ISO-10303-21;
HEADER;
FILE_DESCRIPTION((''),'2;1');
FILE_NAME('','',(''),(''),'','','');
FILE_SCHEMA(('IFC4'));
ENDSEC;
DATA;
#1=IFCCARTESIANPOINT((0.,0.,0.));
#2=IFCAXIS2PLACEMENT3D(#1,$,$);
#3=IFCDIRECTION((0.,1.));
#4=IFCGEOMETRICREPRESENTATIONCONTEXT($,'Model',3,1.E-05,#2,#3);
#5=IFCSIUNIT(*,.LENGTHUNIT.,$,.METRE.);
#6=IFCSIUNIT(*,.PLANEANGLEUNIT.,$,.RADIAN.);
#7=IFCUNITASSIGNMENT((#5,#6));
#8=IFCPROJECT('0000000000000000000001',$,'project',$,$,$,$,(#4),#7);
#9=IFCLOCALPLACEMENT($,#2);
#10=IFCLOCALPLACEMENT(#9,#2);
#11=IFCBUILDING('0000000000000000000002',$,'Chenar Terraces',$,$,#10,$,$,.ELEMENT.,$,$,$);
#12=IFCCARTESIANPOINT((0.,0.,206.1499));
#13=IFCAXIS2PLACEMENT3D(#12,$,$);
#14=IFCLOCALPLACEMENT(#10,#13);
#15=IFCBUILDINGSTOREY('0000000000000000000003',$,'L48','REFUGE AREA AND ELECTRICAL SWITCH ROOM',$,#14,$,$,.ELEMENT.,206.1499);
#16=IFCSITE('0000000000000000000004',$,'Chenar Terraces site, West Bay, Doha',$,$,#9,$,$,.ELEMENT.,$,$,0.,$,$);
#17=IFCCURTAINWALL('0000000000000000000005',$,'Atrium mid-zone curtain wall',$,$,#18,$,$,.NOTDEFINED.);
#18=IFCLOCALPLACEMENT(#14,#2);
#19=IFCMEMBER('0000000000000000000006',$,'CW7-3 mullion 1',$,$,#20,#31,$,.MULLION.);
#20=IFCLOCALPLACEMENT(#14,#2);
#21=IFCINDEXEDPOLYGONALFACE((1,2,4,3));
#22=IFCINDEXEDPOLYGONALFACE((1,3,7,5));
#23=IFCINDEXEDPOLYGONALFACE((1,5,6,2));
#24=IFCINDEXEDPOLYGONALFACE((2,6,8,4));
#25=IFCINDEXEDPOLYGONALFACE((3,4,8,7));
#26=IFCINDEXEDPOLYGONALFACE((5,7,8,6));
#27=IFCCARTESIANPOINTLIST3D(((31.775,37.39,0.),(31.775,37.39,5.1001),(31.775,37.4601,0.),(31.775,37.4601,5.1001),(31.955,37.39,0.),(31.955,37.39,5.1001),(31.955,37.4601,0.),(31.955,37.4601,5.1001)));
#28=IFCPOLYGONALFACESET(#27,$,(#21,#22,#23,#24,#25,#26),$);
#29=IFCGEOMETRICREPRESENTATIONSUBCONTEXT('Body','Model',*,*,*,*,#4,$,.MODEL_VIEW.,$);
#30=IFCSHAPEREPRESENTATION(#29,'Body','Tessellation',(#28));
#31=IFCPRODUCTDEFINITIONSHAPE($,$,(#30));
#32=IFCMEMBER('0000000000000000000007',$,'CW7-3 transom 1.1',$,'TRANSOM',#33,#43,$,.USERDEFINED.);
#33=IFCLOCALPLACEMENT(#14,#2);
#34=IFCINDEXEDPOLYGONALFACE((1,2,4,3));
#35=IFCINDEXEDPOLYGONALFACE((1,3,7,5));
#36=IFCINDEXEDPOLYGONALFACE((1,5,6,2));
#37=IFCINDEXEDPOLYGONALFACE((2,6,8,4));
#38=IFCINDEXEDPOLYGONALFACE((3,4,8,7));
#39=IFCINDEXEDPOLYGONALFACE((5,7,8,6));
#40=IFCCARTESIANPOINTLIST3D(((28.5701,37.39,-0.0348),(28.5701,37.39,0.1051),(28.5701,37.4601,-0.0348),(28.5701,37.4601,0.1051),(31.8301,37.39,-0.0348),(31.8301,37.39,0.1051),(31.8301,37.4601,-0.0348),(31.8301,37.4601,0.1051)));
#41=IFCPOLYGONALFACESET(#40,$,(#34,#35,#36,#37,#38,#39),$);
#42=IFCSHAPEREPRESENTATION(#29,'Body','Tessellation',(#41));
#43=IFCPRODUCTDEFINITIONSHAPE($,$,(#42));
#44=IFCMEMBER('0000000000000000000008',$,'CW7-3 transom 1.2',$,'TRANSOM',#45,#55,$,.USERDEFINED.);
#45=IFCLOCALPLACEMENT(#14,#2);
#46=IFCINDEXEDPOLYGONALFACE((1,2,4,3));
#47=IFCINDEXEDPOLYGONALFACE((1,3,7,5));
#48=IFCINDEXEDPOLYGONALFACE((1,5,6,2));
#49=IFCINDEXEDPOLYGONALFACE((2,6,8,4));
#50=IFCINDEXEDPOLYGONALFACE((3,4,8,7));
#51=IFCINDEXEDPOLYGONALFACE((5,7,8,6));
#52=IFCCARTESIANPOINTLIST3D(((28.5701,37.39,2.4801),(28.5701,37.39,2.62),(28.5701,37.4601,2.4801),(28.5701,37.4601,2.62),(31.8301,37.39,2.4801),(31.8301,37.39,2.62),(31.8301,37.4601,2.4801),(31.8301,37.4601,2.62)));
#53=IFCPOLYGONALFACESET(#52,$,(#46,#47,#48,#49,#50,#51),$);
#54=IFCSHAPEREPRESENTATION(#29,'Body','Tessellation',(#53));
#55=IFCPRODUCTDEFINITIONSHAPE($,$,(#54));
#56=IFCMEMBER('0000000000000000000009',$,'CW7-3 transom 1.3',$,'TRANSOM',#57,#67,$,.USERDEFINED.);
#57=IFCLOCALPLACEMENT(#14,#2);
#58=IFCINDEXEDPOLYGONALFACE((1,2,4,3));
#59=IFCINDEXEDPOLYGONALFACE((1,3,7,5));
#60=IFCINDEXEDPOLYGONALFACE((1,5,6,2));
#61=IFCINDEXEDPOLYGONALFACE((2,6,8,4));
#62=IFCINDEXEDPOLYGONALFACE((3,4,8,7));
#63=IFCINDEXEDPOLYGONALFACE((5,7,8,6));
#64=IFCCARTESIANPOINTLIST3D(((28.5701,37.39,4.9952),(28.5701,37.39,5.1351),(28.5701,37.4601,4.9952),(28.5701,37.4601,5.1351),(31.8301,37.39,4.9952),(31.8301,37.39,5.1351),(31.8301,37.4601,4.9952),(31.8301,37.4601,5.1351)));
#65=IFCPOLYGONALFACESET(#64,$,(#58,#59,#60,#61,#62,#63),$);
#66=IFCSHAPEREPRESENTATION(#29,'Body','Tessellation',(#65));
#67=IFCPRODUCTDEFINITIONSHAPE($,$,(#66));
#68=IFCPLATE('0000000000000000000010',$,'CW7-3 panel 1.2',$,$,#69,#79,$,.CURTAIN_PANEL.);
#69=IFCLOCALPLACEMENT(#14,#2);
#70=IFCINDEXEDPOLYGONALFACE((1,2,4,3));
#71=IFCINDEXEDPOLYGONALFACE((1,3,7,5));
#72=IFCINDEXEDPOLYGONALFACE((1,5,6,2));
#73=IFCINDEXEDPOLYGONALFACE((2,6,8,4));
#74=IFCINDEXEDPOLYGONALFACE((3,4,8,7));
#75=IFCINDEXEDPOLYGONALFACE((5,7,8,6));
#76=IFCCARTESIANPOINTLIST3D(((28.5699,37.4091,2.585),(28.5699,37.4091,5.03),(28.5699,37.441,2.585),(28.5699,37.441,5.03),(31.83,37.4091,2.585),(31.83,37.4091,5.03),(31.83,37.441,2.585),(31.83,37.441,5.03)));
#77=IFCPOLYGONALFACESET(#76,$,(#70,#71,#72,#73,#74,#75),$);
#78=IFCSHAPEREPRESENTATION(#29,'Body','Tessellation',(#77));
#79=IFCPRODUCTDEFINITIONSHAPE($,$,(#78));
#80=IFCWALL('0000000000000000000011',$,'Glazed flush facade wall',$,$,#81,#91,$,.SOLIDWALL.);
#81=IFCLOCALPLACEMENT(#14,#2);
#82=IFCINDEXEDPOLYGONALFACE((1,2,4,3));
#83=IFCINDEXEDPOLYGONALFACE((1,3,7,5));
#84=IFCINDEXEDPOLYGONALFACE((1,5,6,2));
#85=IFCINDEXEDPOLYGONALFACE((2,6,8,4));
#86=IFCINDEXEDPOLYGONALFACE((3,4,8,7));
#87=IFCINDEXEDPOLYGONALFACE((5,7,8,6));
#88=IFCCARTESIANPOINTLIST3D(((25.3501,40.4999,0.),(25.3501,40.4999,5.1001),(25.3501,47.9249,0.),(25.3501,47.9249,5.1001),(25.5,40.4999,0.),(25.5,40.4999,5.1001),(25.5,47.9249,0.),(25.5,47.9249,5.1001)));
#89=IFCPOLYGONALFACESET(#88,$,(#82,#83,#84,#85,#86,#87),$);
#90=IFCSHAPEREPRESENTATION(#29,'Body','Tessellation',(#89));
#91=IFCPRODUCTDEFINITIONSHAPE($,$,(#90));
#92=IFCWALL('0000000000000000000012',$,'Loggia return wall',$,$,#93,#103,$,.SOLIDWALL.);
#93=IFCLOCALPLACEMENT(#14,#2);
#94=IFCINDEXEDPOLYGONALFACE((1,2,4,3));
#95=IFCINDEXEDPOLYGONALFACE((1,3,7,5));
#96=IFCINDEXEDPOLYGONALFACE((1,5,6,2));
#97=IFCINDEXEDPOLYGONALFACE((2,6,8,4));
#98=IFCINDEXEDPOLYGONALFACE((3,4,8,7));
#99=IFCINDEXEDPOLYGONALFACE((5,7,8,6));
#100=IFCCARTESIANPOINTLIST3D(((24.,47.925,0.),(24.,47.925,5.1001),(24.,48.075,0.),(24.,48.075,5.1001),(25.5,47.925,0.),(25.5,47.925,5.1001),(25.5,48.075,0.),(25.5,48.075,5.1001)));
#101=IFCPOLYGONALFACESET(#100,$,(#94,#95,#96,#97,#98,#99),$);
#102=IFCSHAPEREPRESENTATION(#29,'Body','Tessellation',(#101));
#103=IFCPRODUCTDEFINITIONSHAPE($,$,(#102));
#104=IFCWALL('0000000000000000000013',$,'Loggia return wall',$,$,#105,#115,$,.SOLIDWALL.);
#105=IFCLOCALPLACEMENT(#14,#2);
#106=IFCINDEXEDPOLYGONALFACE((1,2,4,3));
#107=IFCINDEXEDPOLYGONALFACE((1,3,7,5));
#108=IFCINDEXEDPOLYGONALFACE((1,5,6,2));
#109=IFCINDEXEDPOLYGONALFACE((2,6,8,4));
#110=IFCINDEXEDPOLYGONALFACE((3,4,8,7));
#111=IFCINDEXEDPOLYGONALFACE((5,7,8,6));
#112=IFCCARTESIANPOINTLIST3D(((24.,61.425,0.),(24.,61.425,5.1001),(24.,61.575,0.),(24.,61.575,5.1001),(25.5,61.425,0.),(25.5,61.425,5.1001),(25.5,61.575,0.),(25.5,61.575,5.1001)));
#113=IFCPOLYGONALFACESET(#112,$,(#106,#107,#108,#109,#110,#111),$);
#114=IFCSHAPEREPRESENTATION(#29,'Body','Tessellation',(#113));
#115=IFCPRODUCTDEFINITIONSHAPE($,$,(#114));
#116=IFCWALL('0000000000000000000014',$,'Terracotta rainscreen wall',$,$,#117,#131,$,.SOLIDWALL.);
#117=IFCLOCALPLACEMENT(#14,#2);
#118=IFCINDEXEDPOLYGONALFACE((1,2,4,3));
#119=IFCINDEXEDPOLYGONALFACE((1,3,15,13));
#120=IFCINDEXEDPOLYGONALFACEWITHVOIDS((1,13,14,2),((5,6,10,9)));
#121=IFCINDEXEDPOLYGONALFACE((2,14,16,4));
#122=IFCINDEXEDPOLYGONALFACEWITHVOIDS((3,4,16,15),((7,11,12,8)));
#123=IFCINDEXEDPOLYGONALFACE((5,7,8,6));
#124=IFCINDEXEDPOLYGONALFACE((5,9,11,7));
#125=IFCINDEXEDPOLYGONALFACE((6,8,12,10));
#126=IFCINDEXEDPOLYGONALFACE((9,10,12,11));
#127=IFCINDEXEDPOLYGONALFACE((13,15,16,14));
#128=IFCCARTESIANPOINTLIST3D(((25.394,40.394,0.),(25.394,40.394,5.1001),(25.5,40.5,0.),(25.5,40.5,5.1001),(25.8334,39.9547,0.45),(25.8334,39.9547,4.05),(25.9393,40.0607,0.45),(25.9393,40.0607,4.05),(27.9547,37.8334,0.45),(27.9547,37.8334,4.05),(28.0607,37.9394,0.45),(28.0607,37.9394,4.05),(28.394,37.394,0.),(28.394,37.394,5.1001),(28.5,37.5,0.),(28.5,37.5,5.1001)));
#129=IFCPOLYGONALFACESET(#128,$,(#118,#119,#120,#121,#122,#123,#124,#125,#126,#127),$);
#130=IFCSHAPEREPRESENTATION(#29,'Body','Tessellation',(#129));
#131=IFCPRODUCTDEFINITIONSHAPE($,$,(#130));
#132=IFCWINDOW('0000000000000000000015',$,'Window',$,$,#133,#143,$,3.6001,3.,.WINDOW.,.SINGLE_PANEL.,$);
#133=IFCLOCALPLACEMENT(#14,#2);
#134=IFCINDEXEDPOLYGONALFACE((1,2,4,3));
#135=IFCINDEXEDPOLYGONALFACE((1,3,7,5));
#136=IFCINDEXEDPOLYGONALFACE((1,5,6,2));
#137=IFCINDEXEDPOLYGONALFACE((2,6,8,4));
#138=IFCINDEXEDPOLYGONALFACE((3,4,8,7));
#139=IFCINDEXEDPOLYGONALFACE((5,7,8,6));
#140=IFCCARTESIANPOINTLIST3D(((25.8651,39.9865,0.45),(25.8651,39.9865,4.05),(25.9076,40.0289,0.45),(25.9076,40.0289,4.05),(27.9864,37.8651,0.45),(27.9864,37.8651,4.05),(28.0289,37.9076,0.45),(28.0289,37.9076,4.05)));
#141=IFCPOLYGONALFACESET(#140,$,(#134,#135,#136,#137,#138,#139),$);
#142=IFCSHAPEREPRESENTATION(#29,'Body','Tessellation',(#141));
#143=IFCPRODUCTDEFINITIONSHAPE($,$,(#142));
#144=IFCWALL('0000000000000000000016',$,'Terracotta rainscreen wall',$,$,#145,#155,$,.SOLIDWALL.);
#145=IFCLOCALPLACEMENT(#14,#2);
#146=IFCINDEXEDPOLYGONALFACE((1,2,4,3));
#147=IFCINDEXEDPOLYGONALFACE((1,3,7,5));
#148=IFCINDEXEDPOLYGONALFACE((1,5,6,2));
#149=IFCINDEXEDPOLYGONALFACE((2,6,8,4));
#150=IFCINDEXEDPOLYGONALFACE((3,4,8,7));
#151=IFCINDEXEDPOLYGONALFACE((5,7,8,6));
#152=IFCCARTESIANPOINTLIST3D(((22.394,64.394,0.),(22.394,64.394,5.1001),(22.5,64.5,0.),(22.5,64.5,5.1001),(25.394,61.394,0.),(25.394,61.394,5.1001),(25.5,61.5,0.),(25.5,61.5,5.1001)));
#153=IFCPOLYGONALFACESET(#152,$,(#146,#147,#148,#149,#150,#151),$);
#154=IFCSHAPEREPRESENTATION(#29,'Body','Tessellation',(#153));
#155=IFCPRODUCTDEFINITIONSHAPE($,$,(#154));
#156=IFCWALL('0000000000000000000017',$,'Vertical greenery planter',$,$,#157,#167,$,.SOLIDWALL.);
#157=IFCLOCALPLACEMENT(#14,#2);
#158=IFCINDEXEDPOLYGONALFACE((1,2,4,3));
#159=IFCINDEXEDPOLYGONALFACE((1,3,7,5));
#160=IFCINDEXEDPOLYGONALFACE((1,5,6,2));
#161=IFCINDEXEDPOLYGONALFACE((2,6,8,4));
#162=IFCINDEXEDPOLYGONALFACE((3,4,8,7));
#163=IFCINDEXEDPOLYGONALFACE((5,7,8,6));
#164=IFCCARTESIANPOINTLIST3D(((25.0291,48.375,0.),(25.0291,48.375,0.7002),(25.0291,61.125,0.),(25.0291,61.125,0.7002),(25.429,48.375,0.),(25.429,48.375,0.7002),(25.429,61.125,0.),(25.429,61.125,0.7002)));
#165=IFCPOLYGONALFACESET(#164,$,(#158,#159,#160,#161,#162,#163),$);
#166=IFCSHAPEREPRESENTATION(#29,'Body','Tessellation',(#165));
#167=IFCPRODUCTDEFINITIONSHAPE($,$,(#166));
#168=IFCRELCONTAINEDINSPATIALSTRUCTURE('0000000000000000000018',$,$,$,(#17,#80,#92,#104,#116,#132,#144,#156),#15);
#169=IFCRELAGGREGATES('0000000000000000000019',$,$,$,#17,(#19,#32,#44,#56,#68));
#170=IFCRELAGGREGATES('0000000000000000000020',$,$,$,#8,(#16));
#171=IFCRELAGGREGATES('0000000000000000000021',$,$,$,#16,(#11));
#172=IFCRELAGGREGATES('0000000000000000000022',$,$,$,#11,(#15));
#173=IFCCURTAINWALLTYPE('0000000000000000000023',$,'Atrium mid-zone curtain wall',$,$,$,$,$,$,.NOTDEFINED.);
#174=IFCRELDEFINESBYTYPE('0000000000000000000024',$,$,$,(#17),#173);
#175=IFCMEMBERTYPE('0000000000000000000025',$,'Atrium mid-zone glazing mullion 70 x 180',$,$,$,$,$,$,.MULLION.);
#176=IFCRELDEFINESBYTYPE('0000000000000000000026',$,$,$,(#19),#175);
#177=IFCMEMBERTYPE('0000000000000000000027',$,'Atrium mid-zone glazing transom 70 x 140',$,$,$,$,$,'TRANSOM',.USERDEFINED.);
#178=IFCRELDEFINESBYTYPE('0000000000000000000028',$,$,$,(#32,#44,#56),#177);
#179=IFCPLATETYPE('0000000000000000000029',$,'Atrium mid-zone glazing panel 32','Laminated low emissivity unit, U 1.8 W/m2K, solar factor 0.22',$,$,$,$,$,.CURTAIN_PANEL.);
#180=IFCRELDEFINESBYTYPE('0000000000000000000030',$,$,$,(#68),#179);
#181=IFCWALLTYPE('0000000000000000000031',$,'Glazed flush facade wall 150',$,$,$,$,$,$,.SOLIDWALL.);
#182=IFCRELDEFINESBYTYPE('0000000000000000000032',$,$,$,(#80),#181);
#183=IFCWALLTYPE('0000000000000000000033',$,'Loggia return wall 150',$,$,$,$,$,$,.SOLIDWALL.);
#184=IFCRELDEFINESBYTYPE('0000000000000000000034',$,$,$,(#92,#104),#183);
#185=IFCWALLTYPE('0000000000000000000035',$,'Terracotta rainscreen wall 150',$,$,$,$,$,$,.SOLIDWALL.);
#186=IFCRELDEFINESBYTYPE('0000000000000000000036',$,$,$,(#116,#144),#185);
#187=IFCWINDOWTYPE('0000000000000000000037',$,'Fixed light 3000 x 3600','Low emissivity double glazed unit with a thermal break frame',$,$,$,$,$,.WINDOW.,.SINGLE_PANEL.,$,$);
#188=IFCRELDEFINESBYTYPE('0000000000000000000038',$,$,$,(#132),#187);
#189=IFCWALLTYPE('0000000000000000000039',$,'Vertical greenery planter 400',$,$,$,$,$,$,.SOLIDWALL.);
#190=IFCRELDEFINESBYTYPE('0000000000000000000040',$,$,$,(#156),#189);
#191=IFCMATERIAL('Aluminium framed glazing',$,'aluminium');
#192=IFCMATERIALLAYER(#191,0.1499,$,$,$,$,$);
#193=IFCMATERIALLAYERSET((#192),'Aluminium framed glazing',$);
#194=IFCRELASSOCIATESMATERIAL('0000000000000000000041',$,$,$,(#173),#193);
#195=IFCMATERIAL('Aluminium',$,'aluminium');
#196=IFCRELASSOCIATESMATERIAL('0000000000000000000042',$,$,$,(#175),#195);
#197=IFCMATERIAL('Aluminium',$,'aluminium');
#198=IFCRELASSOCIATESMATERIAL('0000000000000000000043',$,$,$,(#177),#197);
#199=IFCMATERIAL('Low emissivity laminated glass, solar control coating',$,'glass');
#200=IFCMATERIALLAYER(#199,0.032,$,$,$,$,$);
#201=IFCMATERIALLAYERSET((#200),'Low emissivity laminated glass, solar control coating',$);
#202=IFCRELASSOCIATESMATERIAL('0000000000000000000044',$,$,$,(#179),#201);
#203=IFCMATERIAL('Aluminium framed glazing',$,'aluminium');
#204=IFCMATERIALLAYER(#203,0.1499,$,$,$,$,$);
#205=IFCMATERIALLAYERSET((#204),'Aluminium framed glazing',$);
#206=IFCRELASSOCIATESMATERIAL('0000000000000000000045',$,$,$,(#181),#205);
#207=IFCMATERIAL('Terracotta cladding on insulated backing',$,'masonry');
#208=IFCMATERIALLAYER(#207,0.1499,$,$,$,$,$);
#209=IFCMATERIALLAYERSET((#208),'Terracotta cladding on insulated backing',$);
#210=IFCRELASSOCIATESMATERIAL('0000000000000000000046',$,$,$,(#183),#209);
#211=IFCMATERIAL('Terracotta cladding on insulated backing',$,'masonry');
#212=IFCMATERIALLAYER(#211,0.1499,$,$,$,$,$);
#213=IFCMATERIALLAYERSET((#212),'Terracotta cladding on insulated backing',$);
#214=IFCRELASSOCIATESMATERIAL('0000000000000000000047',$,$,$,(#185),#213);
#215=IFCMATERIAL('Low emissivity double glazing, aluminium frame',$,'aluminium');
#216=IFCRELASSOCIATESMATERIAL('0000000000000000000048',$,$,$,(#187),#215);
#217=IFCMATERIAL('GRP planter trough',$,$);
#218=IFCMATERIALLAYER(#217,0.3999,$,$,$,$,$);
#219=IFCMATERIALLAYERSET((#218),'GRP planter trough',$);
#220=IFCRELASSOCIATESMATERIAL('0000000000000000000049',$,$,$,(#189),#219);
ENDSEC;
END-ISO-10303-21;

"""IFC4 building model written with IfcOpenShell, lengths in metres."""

from ifc_helpers import new_model, si_unit, direction, frame, frame_2d, origin, origin_2d, place, context, subcontext, project, spatial, rectangle, extrude, material, layer, layer_set, material_profile, profile_set, type_object, element, fill, aggregate, save


model = new_model("IFC4")

# Units and contexts
model_context = context("Model", 3, precision=1e-05, world=origin(), true_north=direction((0.0, 1.0)))
body_context = subcontext(model_context, "Body", "Model", "MODEL_VIEW")
ifc_project = project(units=[si_unit("LENGTHUNIT", "METRE"), si_unit("PLANEANGLEUNIT", "RADIAN")], contexts=[model_context])

# Site, building, storey
site_placement = place(None, origin())
site = spatial("IfcSite", under=ifc_project, at=site_placement, Name="Chenar Terraces site, West Bay, Doha", CompositionType="ELEMENT", RefElevation=0.0)
building_placement = place(site_placement, origin())
building = spatial("IfcBuilding", under=site, at=building_placement, Name="Chenar Terraces", CompositionType="ELEMENT")
storey_placement = place(building_placement, frame((0.0, 0.0, 206.1499)))
storey = spatial("IfcBuildingStorey", under=building, at=storey_placement, Name="L48", Description="REFUGE AREA AND ELECTRICAL SWITCH ROOM", CompositionType="ELEMENT", Elevation=206.1499)

# Curtain wall, members, plate
ifc_material_1 = material(Name="Aluminium framed glazing", Category="aluminium")
ifc_layer_1 = layer(ifc_material_1, 0.1499)
ifc_layer_set_1 = layer_set([ifc_layer_1], Name="Aluminium framed glazing")
curtain_wall_type = type_object("IfcCurtainWallType", Name="Atrium mid-zone curtain wall", PredefinedType="NOTDEFINED", material=ifc_layer_set_1)
curtain_wall_placement = place(storey_placement, origin())
curtain_wall = element("IfcCurtainWall", 1, at=curtain_wall_placement, inside=storey, type_object=curtain_wall_type, Name="Atrium mid-zone curtain wall", PredefinedType="NOTDEFINED")
ifc_material_2 = material(Name="Aluminium", Category="aluminium")
ifc_material_profile_1 = material_profile(ifc_material_2, rectangle(XDim=0.0701, YDim=0.1799, at=origin_2d()), Name="Atrium mid-zone glazing mullion 70 x 180")
ifc_profile_set_1 = profile_set([ifc_material_profile_1], Name="Aluminium")
member_type_1 = type_object("IfcMemberType", Name="Atrium mid-zone glazing mullion 70 x 180", PredefinedType="MULLION", material=ifc_profile_set_1)
member_1_placement = place(storey_placement, frame((31.865, 37.425, 0.0), z_axis=(0.0, 0.0, 1.0), x_axis=(0.0, -1.0, 0.0)))
member_1 = element("IfcMember", 2, at=member_1_placement, type_object=member_type_1, Name="CW7-3 mullion 1", PredefinedType="MULLION", context=body_context, shape_type="SweptSolid", body=[
    extrude(rectangle(XDim=0.0701, YDim=0.1799, at=origin_2d()), origin(), (0.0, 0.0, 1.0), 5.1001),
])
ifc_material_3 = material(Name="Aluminium", Category="aluminium")
ifc_material_profile_2 = material_profile(ifc_material_3, rectangle(XDim=0.0701, YDim=0.1399, at=origin_2d()), Name="Atrium mid-zone glazing transom 70 x 140")
ifc_profile_set_2 = profile_set([ifc_material_profile_2], Name="Aluminium")
member_type_2 = type_object("IfcMemberType", Name="Atrium mid-zone glazing transom 70 x 140", ElementType="TRANSOM", PredefinedType="USERDEFINED", material=ifc_profile_set_2)
member_2_placement = place(storey_placement, frame((31.8301, 37.425, 0.0352), z_axis=(-1.0, 0.0, 0.0), x_axis=(0.0, -1.0, 0.0)))
member_2 = element("IfcMember", 3, at=member_2_placement, type_object=member_type_2, Name="CW7-3 transom 1.1", ObjectType="TRANSOM", PredefinedType="USERDEFINED", context=body_context, shape_type="SweptSolid", body=[
    extrude(rectangle(XDim=0.0701, YDim=0.1399, at=origin_2d()), origin(), (0.0, 0.0, 1.0), 3.26),
])
member_3_placement = place(storey_placement, frame((31.8301, 37.425, 2.55), z_axis=(-1.0, 0.0, 0.0), x_axis=(0.0, -1.0, 0.0)))
member_3 = element("IfcMember", 4, at=member_3_placement, type_object=member_type_2, Name="CW7-3 transom 1.2", ObjectType="TRANSOM", PredefinedType="USERDEFINED", context=body_context, shape_type="SweptSolid", body=[
    extrude(rectangle(XDim=0.0701, YDim=0.1399, at=origin_2d()), origin(), (0.0, 0.0, 1.0), 3.26),
])
member_4_placement = place(storey_placement, frame((31.8301, 37.425, 5.0652), z_axis=(-1.0, 0.0, 0.0), x_axis=(0.0, -1.0, 0.0)))
member_4 = element("IfcMember", 5, at=member_4_placement, type_object=member_type_2, Name="CW7-3 transom 1.3", ObjectType="TRANSOM", PredefinedType="USERDEFINED", context=body_context, shape_type="SweptSolid", body=[
    extrude(rectangle(XDim=0.0701, YDim=0.1399, at=origin_2d()), origin(), (0.0, 0.0, 1.0), 3.26),
])
ifc_material_4 = material(Name="Low emissivity laminated glass, solar control coating", Category="glass")
ifc_layer_2 = layer(ifc_material_4, 0.032)
ifc_layer_set_2 = layer_set([ifc_layer_2], Name="Low emissivity laminated glass, solar control coating")
plate_type = type_object("IfcPlateType", Name="Atrium mid-zone glazing panel 32", Description="Laminated low emissivity unit, U 1.8 W/m2K, solar factor 0.22", PredefinedType="CURTAIN_PANEL", material=ifc_layer_set_2)
plate_placement = place(storey_placement, frame((30.2, 37.425, 2.585), z_axis=(0.0, 0.0, 1.0), x_axis=(-1.0, 0.0, 0.0)))
plate = element("IfcPlate", 6, at=plate_placement, type_object=plate_type, Name="CW7-3 panel 1.2", PredefinedType="CURTAIN_PANEL", context=body_context, shape_type="SweptSolid", body=[
    extrude(rectangle(XDim=3.26, YDim=0.032, at=origin_2d()), origin(), (0.0, 0.0, 1.0), 2.4451),
])
aggregate(curtain_wall, [member_1, member_2, member_3, member_4, plate])

# Walls
ifc_material_5 = material(Name="Aluminium framed glazing", Category="aluminium")
ifc_layer_3 = layer(ifc_material_5, 0.1499)
ifc_layer_set_3 = layer_set([ifc_layer_3], Name="Aluminium framed glazing")
wall_type_1 = type_object("IfcWallType", Name="Glazed flush facade wall 150", PredefinedType="SOLIDWALL", material=ifc_layer_set_3)
wall_1_placement = place(storey_placement, frame((25.425, 40.5, 0.0), z_axis=(0.0, 0.0, 1.0), x_axis=(0.0, 1.0, 0.0)))
element("IfcWall", 7, at=wall_1_placement, inside=storey, type_object=wall_type_1, Name="Glazed flush facade wall", PredefinedType="SOLIDWALL", context=body_context, shape_type="SweptSolid", body=[
    extrude(rectangle(XDim=7.425, YDim=0.1499, at=frame_2d((3.7124, 0.0))), origin(), (0.0, 0.0, 1.0), 5.1001),
])
ifc_material_6 = material(Name="Terracotta cladding on insulated backing", Category="masonry")
ifc_layer_4 = layer(ifc_material_6, 0.1499)
ifc_layer_set_4 = layer_set([ifc_layer_4], Name="Terracotta cladding on insulated backing")
wall_type_2 = type_object("IfcWallType", Name="Loggia return wall 150", PredefinedType="SOLIDWALL", material=ifc_layer_set_4)
for number, where, z_axis, x_axis, name in (
    (8, (25.5, 48.0, 0.0), (0.0, 0.0, 1.0), (-1.0, 0.0, 0.0), "Loggia return wall"),
    (9, (25.5, 61.5, 0.0), (0.0, 0.0, 1.0), (-1.0, 0.0, 0.0), "Loggia return wall"),
):
    element("IfcWall", number, at=place(storey_placement, frame(where, z_axis=z_axis, x_axis=x_axis)), inside=storey, type_object=wall_type_2, Name=name, PredefinedType="SOLIDWALL", context=body_context, shape_type="SweptSolid", body=[
        extrude(rectangle(XDim=1.5, YDim=0.1499, at=frame_2d((0.75, 0.0))), origin(), (0.0, 0.0, 1.0), 5.1001),
    ])

# Wall, opening, window
ifc_material_7 = material(Name="Terracotta cladding on insulated backing", Category="masonry")
ifc_layer_5 = layer(ifc_material_7, 0.1499)
ifc_layer_set_5 = layer_set([ifc_layer_5], Name="Terracotta cladding on insulated backing")
wall_type_3 = type_object("IfcWallType", Name="Terracotta rainscreen wall 150", PredefinedType="SOLIDWALL", material=ifc_layer_set_5)
wall_2_placement = place(storey_placement, frame((28.447, 37.447, 0.0), z_axis=(0.0, 0.0, 1.0), x_axis=(-0.707107, 0.707107, 0.0)))
wall_2 = element("IfcWall", 10, at=wall_2_placement, inside=storey, type_object=wall_type_3, Name="Terracotta rainscreen wall", PredefinedType="SOLIDWALL", context=body_context, shape_type="SweptSolid", body=[
    extrude(rectangle(XDim=4.2427, YDim=0.1499, at=frame_2d((2.1213, 0.0))), origin(), (0.0, 0.0, 1.0), 5.1001),
])
opening_placement = place(wall_2_placement, frame((0.6213, 0.0, 0.45)))
opening = element("IfcOpeningElement", 11, at=opening_placement, cuts=wall_2, PredefinedType="OPENING", context=body_context, shape_type="SweptSolid", body=[
    extrude(rectangle(XDim=3.0, YDim=3.6001, at=frame_2d((1.5, 1.8))), frame((0.0, 0.085, 0.0), z_axis=(0.0, -1.0, 0.0), x_axis=(1.0, 0.0, 0.0)), (0.0, 0.0, 1.0), 0.1699),
])
ifc_material_8 = material(Name="Low emissivity double glazing, aluminium frame", Category="aluminium")
window_type = type_object("IfcWindowType", Name="Fixed light 3000 x 3600", Description="Low emissivity double glazed unit with a thermal break frame", PartitioningType="SINGLE_PANEL", PredefinedType="WINDOW", material=ifc_material_8)
window_placement = place(opening_placement, origin())
window = element("IfcWindow", 12, at=window_placement, inside=storey, type_object=window_type, Name="Window", OverallHeight=3.6001, OverallWidth=3.0, PartitioningType="SINGLE_PANEL", PredefinedType="WINDOW", context=body_context, shape_type="SweptSolid", body=[
    extrude(rectangle(XDim=3.0, YDim=3.6001, at=frame_2d((1.5, 1.8))), frame((0.0, 0.03, 0.0), z_axis=(0.0, -1.0, 0.0), x_axis=(1.0, 0.0, 0.0)), (0.0, 0.0, 1.0), 0.0601),
])
fill(opening, window)

# Walls
wall_3_placement = place(storey_placement, frame((25.447, 61.447, 0.0), z_axis=(0.0, 0.0, 1.0), x_axis=(-0.707107, 0.707107, 0.0)))
element("IfcWall", 13, at=wall_3_placement, inside=storey, type_object=wall_type_3, Name="Terracotta rainscreen wall", PredefinedType="SOLIDWALL", context=body_context, shape_type="SweptSolid", body=[
    extrude(rectangle(XDim=4.2427, YDim=0.1499, at=frame_2d((2.1213, 0.0))), origin(), (0.0, 0.0, 1.0), 5.1001),
])
ifc_material_9 = material(Name="GRP planter trough")
ifc_layer_6 = layer(ifc_material_9, 0.3999)
ifc_layer_set_6 = layer_set([ifc_layer_6], Name="GRP planter trough")
wall_type_4 = type_object("IfcWallType", Name="Vertical greenery planter 400", PredefinedType="SOLIDWALL", material=ifc_layer_set_6)
wall_4_placement = place(storey_placement, frame((25.229, 48.375, 0.0), z_axis=(0.0, 0.0, 1.0), x_axis=(0.0, 1.0, 0.0)))
element("IfcWall", 14, at=wall_4_placement, inside=storey, type_object=wall_type_4, Name="Vertical greenery planter", PredefinedType="SOLIDWALL", context=body_context, shape_type="SweptSolid", body=[
    extrude(rectangle(XDim=12.75, YDim=0.3999, at=frame_2d((6.375, 0.0))), origin(), (0.0, 0.0, 1.0), 0.7002),
])

save(model, "model.ifc")
